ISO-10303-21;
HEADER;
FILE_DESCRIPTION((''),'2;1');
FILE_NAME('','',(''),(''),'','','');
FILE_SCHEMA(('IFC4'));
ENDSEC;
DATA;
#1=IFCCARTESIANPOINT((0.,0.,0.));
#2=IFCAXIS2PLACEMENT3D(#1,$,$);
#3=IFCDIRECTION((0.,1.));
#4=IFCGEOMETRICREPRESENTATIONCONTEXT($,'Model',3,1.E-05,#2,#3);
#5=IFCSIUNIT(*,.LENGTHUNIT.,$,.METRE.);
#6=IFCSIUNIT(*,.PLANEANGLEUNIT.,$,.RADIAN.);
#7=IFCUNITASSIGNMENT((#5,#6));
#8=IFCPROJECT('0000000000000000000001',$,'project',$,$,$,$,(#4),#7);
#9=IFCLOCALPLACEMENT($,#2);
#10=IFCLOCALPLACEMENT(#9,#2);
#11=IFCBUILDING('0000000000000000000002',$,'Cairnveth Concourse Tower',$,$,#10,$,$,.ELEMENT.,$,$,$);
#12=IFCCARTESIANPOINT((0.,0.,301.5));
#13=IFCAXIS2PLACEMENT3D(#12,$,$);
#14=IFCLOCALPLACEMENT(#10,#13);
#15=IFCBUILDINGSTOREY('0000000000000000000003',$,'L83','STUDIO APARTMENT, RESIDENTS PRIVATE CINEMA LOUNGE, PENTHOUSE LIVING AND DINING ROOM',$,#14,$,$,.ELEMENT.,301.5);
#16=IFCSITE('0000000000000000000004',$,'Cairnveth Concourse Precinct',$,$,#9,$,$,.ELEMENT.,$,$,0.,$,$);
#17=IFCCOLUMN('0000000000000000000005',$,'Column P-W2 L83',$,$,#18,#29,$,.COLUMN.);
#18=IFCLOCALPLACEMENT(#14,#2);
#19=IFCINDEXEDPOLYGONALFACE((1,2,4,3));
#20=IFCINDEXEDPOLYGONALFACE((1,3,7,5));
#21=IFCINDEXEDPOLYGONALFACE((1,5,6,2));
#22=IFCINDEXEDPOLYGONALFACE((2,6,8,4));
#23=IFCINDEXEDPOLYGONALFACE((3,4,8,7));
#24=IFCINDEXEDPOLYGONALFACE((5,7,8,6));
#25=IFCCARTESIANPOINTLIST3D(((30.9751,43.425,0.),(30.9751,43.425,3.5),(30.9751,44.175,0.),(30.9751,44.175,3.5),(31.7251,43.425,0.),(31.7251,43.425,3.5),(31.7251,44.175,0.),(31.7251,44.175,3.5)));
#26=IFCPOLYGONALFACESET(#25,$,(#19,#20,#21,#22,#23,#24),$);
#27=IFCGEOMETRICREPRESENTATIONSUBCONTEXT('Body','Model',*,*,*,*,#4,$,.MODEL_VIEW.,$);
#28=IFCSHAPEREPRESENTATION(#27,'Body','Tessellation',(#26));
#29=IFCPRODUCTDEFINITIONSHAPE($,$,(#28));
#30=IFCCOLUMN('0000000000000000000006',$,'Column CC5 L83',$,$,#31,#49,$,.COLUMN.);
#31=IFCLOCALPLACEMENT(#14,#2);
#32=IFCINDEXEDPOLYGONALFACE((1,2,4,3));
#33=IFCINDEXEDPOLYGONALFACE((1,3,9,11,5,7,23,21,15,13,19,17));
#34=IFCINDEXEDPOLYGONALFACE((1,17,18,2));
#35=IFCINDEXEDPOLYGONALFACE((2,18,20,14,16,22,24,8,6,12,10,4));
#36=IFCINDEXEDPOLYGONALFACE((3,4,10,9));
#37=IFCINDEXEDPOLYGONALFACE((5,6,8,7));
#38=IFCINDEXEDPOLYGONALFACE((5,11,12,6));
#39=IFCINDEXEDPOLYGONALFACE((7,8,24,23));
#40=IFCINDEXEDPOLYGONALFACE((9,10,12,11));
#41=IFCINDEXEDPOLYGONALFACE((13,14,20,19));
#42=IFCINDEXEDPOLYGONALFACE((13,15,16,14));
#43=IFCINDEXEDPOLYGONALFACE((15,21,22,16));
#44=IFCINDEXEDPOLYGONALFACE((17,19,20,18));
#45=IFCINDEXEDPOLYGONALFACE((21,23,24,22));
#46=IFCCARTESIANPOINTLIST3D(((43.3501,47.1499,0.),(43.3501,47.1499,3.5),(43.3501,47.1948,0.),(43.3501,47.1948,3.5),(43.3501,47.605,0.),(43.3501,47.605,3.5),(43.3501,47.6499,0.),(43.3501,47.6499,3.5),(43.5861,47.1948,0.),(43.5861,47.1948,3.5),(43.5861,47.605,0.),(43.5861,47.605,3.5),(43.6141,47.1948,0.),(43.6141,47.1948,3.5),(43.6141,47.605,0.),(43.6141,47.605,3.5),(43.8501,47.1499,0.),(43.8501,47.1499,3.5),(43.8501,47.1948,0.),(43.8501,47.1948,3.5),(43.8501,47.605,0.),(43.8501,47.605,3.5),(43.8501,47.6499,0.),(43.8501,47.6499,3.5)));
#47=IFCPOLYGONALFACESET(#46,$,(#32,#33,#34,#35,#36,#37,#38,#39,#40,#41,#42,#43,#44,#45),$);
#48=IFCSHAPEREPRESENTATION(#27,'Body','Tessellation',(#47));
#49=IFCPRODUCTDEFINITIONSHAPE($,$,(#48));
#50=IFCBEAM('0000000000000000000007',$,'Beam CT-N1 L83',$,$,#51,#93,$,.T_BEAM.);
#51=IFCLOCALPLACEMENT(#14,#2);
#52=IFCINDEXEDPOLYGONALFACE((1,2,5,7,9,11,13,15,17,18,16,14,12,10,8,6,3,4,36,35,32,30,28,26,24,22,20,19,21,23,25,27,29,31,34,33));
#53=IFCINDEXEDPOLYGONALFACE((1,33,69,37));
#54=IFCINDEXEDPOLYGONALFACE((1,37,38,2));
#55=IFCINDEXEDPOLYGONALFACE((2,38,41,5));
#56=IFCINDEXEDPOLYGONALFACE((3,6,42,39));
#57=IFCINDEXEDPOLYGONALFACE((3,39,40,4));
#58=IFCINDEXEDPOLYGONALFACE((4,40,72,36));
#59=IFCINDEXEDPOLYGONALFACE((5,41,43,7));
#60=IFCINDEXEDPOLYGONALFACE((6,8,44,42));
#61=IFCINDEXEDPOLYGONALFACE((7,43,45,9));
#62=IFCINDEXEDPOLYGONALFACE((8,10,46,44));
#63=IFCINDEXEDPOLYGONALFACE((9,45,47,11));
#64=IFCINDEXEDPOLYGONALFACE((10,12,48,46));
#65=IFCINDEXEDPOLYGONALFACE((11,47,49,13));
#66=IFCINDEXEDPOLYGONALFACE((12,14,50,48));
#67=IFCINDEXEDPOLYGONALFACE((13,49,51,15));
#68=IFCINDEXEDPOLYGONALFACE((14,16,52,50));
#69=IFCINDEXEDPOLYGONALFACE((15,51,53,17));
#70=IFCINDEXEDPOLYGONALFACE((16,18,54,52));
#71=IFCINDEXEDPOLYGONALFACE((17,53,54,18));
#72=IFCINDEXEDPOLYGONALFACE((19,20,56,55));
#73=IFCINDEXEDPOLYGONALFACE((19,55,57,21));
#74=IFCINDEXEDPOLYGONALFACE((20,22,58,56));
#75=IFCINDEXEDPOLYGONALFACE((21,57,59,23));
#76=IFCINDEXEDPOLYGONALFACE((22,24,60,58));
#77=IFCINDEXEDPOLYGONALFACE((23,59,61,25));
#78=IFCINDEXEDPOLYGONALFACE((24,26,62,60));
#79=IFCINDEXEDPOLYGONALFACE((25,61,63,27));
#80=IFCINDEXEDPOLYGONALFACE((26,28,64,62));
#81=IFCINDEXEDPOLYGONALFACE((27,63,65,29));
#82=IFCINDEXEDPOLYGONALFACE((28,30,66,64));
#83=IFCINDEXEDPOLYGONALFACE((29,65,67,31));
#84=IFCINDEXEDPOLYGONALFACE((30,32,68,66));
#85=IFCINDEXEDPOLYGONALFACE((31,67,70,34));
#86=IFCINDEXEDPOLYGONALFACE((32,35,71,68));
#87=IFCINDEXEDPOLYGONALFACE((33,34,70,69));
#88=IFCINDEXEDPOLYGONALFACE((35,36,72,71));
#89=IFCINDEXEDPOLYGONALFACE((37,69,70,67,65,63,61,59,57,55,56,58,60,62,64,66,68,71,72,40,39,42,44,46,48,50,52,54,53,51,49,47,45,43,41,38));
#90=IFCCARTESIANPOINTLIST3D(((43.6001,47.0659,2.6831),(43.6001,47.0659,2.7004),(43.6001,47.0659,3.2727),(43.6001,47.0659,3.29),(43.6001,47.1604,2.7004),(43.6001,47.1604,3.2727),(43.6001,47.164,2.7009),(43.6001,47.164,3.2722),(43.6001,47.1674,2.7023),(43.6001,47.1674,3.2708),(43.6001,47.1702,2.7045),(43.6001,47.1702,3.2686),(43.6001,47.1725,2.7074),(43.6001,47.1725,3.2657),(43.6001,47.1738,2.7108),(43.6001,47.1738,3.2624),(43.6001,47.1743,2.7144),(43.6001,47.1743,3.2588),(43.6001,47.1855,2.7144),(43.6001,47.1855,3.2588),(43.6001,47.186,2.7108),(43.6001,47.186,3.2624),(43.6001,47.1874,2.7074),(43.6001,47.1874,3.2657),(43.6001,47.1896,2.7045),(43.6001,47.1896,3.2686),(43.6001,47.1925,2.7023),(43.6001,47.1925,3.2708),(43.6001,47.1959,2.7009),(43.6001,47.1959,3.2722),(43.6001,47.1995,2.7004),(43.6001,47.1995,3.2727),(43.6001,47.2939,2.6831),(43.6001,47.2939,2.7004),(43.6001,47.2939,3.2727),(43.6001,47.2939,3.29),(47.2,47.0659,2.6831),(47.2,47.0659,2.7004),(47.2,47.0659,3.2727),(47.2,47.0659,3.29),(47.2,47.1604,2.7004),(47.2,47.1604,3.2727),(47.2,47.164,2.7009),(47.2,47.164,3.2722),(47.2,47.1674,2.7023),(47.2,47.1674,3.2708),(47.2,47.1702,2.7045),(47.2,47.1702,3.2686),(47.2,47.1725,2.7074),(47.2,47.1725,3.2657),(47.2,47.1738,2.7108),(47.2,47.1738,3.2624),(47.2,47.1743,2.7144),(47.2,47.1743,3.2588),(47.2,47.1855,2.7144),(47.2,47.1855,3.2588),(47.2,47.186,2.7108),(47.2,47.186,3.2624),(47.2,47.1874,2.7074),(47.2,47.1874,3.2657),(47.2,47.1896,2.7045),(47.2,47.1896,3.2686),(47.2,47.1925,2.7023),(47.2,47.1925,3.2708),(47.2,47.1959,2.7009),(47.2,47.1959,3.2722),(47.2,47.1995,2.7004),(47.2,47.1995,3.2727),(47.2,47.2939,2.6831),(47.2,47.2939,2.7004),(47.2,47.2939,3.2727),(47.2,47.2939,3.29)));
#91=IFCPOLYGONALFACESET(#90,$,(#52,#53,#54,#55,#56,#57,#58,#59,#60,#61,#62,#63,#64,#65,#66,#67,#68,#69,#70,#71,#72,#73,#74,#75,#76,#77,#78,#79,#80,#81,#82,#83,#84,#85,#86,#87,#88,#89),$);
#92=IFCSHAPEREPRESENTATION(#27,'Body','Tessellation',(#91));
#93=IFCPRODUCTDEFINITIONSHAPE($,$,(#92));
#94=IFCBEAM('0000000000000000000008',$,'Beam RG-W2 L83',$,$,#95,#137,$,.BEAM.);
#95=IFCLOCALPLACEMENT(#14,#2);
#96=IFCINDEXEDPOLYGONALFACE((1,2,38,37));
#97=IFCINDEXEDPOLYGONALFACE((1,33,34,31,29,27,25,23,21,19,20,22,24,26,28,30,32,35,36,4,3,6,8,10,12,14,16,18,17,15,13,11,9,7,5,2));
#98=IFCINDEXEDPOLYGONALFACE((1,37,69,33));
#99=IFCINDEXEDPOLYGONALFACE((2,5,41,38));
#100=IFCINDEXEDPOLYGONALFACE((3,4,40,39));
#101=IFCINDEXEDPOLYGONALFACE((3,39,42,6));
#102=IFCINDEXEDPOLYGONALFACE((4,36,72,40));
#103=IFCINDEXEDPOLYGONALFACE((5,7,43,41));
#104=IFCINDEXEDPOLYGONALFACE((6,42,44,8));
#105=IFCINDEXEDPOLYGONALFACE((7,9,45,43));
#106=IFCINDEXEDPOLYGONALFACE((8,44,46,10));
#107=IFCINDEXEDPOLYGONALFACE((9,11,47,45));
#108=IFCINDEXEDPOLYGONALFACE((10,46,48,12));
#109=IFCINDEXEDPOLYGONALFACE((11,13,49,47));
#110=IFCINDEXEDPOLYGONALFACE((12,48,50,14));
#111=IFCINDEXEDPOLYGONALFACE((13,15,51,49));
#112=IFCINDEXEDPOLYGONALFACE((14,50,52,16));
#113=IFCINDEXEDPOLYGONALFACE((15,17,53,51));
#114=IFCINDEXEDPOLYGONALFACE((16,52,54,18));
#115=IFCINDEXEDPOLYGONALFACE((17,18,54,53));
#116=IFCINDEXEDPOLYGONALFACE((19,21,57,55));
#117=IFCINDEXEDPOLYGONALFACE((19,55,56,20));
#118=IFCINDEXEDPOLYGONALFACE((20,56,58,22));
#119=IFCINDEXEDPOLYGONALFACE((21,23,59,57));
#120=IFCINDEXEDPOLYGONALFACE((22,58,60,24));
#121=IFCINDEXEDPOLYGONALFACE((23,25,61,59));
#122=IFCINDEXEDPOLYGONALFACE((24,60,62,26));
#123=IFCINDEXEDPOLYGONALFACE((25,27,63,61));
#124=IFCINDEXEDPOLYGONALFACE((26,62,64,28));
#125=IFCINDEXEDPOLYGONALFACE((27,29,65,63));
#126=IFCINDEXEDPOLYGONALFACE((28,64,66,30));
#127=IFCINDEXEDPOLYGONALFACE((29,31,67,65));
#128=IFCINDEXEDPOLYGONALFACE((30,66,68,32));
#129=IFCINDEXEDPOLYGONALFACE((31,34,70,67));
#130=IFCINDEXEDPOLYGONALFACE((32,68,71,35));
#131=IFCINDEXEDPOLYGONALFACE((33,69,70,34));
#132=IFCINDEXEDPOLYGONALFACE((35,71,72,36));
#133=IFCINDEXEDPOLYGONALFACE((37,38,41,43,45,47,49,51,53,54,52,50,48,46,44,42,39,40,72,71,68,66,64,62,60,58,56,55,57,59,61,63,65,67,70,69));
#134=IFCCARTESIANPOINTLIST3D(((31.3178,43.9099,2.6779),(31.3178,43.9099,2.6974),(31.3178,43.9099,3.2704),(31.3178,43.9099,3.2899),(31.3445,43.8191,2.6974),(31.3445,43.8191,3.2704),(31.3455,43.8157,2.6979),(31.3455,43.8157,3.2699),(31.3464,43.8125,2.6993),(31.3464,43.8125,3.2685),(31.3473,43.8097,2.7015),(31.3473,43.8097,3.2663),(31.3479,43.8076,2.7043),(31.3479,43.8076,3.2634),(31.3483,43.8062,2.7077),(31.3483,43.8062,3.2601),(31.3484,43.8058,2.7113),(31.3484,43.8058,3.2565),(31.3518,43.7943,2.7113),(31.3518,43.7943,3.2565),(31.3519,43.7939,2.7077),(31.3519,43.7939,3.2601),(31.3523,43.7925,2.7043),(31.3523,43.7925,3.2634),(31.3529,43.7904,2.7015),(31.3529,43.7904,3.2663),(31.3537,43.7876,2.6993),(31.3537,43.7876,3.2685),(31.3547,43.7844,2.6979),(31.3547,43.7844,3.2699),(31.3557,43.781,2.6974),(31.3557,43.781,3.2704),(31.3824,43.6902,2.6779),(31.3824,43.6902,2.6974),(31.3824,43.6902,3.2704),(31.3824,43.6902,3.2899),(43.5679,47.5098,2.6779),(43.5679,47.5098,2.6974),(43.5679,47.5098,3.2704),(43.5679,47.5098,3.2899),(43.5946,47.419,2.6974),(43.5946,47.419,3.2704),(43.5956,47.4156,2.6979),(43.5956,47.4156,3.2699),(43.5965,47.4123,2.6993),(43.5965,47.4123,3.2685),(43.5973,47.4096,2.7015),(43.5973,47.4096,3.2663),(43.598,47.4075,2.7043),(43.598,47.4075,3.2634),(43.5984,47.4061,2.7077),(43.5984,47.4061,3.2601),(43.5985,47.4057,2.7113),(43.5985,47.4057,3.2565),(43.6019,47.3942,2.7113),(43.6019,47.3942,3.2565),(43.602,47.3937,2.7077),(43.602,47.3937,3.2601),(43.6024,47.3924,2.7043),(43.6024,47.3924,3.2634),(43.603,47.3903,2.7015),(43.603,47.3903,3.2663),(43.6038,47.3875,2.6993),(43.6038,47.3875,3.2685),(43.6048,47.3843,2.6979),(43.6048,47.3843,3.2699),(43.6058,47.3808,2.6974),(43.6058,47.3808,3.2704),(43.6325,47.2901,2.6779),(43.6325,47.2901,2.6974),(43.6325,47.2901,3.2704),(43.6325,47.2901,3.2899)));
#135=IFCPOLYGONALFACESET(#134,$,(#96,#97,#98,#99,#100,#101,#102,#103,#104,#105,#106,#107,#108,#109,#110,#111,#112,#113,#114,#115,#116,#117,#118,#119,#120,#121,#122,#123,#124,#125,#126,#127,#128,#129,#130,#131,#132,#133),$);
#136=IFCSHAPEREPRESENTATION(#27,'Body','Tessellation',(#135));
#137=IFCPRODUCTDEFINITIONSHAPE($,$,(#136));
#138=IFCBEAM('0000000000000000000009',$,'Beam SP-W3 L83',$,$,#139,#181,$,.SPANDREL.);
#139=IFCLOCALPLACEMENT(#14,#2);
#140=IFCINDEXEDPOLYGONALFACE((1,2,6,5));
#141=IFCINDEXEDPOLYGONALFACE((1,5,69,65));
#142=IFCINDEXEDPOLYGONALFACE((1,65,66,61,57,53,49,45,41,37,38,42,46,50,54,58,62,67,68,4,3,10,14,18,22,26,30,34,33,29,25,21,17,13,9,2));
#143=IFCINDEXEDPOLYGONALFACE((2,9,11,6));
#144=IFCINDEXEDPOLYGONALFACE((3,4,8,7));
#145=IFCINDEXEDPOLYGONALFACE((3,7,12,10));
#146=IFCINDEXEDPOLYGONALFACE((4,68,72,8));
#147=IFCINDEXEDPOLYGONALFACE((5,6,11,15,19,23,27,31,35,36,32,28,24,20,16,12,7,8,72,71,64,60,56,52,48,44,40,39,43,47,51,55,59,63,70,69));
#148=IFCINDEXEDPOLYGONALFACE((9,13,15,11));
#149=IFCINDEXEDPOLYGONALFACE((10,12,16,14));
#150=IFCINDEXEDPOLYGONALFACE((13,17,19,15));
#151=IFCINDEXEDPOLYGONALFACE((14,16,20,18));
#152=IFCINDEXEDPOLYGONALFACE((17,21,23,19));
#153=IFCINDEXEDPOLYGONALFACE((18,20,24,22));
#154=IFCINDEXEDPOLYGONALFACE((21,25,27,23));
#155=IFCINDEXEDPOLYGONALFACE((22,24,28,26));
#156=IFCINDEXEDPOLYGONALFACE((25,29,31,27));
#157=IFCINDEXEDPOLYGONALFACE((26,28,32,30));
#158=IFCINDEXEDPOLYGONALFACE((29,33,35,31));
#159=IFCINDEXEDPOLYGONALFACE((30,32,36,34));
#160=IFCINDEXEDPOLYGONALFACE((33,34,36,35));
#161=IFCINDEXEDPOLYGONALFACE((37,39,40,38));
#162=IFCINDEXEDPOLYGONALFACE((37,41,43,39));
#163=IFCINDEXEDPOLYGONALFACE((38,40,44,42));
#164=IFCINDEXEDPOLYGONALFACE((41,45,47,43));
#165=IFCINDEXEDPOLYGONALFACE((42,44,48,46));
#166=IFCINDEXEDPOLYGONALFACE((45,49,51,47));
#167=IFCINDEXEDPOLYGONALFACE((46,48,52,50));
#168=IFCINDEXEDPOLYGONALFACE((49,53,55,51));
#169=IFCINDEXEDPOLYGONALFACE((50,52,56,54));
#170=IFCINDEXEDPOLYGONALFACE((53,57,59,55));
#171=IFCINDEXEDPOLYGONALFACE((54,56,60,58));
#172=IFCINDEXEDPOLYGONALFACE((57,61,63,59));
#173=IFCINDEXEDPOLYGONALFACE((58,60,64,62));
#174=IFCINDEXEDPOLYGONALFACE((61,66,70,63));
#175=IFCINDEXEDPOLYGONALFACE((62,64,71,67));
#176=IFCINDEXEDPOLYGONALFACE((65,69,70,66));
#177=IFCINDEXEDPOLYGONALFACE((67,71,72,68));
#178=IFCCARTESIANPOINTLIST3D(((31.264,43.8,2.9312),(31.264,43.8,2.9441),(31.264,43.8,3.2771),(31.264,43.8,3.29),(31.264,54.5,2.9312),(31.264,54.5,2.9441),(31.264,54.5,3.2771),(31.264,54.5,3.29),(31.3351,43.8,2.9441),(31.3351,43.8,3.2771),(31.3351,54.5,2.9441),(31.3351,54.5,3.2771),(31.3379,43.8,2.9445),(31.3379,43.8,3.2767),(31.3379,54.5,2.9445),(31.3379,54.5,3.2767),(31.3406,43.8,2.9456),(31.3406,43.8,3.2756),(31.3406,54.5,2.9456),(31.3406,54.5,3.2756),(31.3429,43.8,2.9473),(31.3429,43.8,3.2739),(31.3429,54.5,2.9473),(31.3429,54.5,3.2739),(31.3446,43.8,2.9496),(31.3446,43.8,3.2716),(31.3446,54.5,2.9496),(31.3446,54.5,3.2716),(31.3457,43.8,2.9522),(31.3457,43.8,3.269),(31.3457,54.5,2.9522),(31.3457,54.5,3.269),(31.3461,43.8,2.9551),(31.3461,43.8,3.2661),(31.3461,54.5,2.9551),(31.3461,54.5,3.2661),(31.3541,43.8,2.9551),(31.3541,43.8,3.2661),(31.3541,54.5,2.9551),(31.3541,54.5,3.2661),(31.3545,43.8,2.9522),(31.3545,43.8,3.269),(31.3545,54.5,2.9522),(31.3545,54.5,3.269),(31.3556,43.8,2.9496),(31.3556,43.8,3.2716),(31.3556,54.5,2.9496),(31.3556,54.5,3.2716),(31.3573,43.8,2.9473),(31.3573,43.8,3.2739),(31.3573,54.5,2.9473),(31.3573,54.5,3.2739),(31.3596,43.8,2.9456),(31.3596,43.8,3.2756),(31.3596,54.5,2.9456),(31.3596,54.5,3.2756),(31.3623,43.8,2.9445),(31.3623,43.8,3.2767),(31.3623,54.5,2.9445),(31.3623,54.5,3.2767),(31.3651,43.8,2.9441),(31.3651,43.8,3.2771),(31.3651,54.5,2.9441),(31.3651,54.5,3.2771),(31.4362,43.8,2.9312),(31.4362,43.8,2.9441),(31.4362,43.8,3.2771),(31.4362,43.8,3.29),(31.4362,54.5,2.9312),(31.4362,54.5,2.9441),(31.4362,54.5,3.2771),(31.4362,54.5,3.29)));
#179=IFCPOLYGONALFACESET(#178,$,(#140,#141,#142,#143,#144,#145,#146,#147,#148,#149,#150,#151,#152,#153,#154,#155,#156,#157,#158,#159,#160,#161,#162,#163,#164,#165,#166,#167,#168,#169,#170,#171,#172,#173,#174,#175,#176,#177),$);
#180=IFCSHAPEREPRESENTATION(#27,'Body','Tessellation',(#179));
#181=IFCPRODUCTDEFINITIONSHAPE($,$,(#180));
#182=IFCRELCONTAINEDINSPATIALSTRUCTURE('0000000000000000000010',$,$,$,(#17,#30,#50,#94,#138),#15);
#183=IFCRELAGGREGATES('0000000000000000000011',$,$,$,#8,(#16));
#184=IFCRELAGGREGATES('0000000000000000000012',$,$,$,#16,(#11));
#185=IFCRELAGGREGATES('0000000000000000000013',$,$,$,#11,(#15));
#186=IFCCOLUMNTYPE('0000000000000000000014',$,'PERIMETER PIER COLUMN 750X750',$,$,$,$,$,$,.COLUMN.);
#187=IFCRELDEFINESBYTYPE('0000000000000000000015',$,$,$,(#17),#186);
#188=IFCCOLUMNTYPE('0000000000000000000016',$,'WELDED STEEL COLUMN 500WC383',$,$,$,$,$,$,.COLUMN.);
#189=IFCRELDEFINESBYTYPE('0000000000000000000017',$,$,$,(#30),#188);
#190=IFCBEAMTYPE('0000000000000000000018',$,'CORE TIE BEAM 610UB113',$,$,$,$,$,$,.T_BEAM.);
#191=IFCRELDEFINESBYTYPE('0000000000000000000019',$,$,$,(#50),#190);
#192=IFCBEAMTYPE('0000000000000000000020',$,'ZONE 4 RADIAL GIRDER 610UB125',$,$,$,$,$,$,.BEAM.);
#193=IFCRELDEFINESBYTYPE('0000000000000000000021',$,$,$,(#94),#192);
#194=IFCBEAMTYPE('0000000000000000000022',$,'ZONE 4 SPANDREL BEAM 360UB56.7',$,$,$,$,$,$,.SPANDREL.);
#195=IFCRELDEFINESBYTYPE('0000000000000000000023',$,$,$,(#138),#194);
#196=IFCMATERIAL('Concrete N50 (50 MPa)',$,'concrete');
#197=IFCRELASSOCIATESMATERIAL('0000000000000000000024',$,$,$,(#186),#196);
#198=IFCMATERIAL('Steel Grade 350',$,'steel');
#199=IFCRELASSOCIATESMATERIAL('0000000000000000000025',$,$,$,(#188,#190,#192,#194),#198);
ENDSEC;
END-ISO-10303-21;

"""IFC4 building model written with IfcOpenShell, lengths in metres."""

from ifc_helpers import new_model, si_unit, direction, frame, origin, origin_2d, place, context, subcontext, project, spatial, rectangle, i_section, extrude, material, material_profile, profile_set, type_object, element, save


model = new_model("IFC4")

# Units and contexts
model_context = context("Model", 3, precision=1e-05, world=origin(), true_north=direction((0.0, 1.0)))
body_context = subcontext(model_context, "Body", "Model", "MODEL_VIEW")
ifc_project = project(units=[si_unit("LENGTHUNIT", "METRE"), si_unit("PLANEANGLEUNIT", "RADIAN")], contexts=[model_context])

# Site, building, storey
site_placement = place(None, origin())
site = spatial("IfcSite", under=ifc_project, at=site_placement, Name="Cairnveth Concourse Precinct", CompositionType="ELEMENT", RefElevation=0.0)
building_placement = place(site_placement, origin())
building = spatial("IfcBuilding", under=site, at=building_placement, Name="Cairnveth Concourse Tower", CompositionType="ELEMENT")
storey_placement = place(building_placement, frame((0.0, 0.0, 301.5)))
storey = spatial("IfcBuildingStorey", under=building, at=storey_placement, Name="L83", Description="STUDIO APARTMENT, RESIDENTS PRIVATE CINEMA LOUNGE, PENTHOUSE LIVING AND DINING ROOM", CompositionType="ELEMENT", Elevation=301.5)

# Columns
ifc_material_1 = material(Name="Concrete N50 (50 MPa)", Category="concrete")
ifc_material_profile_1 = material_profile(ifc_material_1, rectangle(XDim=0.75, YDim=0.75, at=origin_2d()), Name="RC-COL-750x750")
ifc_profile_set_1 = profile_set([ifc_material_profile_1], Name="Concrete N50 (50 MPa)")
column_type_1 = type_object("IfcColumnType", Name="PERIMETER PIER COLUMN 750X750", PredefinedType="COLUMN", material=ifc_profile_set_1)
column_1_placement = place(storey_placement, frame((31.3501, 43.8, 0.0), z_axis=(0.0, 0.0, 1.0), x_axis=(0.0, 1.0, 0.0)))
element("IfcColumn", 1, at=column_1_placement, inside=storey, type_object=column_type_1, Name="Column P-W2 L83", PredefinedType="COLUMN", context=body_context, shape_type="SweptSolid", body=[
    extrude(rectangle(XDim=0.75, YDim=0.75, at=origin_2d()), origin(), (0.0, 0.0, 1.0), 3.5),
])
ifc_material_2 = material(Name="Steel Grade 350", Category="steel")
ifc_material_profile_2 = material_profile(ifc_material_2, i_section(OverallWidth=0.5, OverallDepth=0.5, WebThickness=0.0281, FlangeThickness=0.0449, at=origin_2d()), Name="500WC383")
ifc_profile_set_2 = profile_set([ifc_material_profile_2], Name="Steel Grade 350")
column_type_2 = type_object("IfcColumnType", Name="WELDED STEEL COLUMN 500WC383", PredefinedType="COLUMN", material=ifc_profile_set_2)
column_2_placement = place(storey_placement, frame((43.6001, 47.3999, 0.0), z_axis=(0.0, 0.0, 1.0), x_axis=(1.0, 0.0, 0.0)))
element("IfcColumn", 2, at=column_2_placement, inside=storey, type_object=column_type_2, Name="Column CC5 L83", PredefinedType="COLUMN", context=body_context, shape_type="SweptSolid", body=[
    extrude(i_section(OverallWidth=0.5, OverallDepth=0.5, WebThickness=0.0281, FlangeThickness=0.0449, at=origin_2d()), origin(), (0.0, 0.0, 1.0), 3.5),
])

# Beams
ifc_material_profile_3 = material_profile(ifc_material_2, i_section(OverallWidth=0.228, OverallDepth=0.6069, WebThickness=0.0112, FlangeThickness=0.0173, FilletRadius=0.0139, at=origin_2d()), Name="610UB113")
ifc_profile_set_3 = profile_set([ifc_material_profile_3], Name="Steel Grade 350")
beam_type_1 = type_object("IfcBeamType", Name="CORE TIE BEAM 610UB113", PredefinedType="T_BEAM", material=ifc_profile_set_3)
beam_1_placement = place(storey_placement, frame((43.6001, 47.1799, 2.9866), z_axis=(1.0, 0.0, 0.0), x_axis=(0.0, 1.0, 0.0)))
element("IfcBeam", 3, at=beam_1_placement, inside=storey, type_object=beam_type_1, Name="Beam CT-N1 L83", PredefinedType="T_BEAM", context=body_context, shape_type="SweptSolid", body=[
    extrude(i_section(OverallWidth=0.228, OverallDepth=0.6069, WebThickness=0.0112, FlangeThickness=0.0173, FilletRadius=0.0139, at=origin_2d()), origin(), (0.0, 0.0, 1.0), 3.5999),
])
ifc_material_profile_4 = material_profile(ifc_material_2, i_section(OverallWidth=0.229, OverallDepth=0.6121, WebThickness=0.012, FlangeThickness=0.0195, FilletRadius=0.0139, at=origin_2d()), Name="610UB125")
ifc_profile_set_4 = profile_set([ifc_material_profile_4], Name="Steel Grade 350")
beam_type_2 = type_object("IfcBeamType", Name="ZONE 4 RADIAL GIRDER 610UB125", PredefinedType="BEAM", material=ifc_profile_set_4)
beam_2_placement = place(storey_placement, frame((31.3501, 43.8, 2.9839), z_axis=(0.959431, 0.281944, 0.0), x_axis=(-0.281944, 0.959431, 0.0)))
element("IfcBeam", 4, at=beam_2_placement, inside=storey, type_object=beam_type_2, Name="Beam RG-W2 L83", PredefinedType="BEAM", context=body_context, shape_type="SweptSolid", body=[
    extrude(i_section(OverallWidth=0.229, OverallDepth=0.6121, WebThickness=0.012, FlangeThickness=0.0195, FilletRadius=0.0139, at=origin_2d()), origin(), (0.0, 0.0, 1.0), 12.7681),
])
ifc_material_profile_5 = material_profile(ifc_material_2, i_section(OverallWidth=0.1721, OverallDepth=0.3589, WebThickness=0.0081, FlangeThickness=0.0129, FilletRadius=0.011, at=origin_2d()), Name="360UB56.7")
ifc_profile_set_5 = profile_set([ifc_material_profile_5], Name="Steel Grade 350")
beam_type_3 = type_object("IfcBeamType", Name="ZONE 4 SPANDREL BEAM 360UB56.7", PredefinedType="SPANDREL", material=ifc_profile_set_5)
beam_3_placement = place(storey_placement, frame((31.3501, 43.8, 3.1106), z_axis=(0.0, 1.0, 0.0), x_axis=(-1.0, 0.0, 0.0)))
element("IfcBeam", 5, at=beam_3_placement, inside=storey, type_object=beam_type_3, Name="Beam SP-W3 L83", PredefinedType="SPANDREL", context=body_context, shape_type="SweptSolid", body=[
    extrude(i_section(OverallWidth=0.1721, OverallDepth=0.3589, WebThickness=0.0081, FlangeThickness=0.0129, FilletRadius=0.011, at=origin_2d()), origin(), (0.0, 0.0, 1.0), 10.7),
])

save(model, "model.ifc")
